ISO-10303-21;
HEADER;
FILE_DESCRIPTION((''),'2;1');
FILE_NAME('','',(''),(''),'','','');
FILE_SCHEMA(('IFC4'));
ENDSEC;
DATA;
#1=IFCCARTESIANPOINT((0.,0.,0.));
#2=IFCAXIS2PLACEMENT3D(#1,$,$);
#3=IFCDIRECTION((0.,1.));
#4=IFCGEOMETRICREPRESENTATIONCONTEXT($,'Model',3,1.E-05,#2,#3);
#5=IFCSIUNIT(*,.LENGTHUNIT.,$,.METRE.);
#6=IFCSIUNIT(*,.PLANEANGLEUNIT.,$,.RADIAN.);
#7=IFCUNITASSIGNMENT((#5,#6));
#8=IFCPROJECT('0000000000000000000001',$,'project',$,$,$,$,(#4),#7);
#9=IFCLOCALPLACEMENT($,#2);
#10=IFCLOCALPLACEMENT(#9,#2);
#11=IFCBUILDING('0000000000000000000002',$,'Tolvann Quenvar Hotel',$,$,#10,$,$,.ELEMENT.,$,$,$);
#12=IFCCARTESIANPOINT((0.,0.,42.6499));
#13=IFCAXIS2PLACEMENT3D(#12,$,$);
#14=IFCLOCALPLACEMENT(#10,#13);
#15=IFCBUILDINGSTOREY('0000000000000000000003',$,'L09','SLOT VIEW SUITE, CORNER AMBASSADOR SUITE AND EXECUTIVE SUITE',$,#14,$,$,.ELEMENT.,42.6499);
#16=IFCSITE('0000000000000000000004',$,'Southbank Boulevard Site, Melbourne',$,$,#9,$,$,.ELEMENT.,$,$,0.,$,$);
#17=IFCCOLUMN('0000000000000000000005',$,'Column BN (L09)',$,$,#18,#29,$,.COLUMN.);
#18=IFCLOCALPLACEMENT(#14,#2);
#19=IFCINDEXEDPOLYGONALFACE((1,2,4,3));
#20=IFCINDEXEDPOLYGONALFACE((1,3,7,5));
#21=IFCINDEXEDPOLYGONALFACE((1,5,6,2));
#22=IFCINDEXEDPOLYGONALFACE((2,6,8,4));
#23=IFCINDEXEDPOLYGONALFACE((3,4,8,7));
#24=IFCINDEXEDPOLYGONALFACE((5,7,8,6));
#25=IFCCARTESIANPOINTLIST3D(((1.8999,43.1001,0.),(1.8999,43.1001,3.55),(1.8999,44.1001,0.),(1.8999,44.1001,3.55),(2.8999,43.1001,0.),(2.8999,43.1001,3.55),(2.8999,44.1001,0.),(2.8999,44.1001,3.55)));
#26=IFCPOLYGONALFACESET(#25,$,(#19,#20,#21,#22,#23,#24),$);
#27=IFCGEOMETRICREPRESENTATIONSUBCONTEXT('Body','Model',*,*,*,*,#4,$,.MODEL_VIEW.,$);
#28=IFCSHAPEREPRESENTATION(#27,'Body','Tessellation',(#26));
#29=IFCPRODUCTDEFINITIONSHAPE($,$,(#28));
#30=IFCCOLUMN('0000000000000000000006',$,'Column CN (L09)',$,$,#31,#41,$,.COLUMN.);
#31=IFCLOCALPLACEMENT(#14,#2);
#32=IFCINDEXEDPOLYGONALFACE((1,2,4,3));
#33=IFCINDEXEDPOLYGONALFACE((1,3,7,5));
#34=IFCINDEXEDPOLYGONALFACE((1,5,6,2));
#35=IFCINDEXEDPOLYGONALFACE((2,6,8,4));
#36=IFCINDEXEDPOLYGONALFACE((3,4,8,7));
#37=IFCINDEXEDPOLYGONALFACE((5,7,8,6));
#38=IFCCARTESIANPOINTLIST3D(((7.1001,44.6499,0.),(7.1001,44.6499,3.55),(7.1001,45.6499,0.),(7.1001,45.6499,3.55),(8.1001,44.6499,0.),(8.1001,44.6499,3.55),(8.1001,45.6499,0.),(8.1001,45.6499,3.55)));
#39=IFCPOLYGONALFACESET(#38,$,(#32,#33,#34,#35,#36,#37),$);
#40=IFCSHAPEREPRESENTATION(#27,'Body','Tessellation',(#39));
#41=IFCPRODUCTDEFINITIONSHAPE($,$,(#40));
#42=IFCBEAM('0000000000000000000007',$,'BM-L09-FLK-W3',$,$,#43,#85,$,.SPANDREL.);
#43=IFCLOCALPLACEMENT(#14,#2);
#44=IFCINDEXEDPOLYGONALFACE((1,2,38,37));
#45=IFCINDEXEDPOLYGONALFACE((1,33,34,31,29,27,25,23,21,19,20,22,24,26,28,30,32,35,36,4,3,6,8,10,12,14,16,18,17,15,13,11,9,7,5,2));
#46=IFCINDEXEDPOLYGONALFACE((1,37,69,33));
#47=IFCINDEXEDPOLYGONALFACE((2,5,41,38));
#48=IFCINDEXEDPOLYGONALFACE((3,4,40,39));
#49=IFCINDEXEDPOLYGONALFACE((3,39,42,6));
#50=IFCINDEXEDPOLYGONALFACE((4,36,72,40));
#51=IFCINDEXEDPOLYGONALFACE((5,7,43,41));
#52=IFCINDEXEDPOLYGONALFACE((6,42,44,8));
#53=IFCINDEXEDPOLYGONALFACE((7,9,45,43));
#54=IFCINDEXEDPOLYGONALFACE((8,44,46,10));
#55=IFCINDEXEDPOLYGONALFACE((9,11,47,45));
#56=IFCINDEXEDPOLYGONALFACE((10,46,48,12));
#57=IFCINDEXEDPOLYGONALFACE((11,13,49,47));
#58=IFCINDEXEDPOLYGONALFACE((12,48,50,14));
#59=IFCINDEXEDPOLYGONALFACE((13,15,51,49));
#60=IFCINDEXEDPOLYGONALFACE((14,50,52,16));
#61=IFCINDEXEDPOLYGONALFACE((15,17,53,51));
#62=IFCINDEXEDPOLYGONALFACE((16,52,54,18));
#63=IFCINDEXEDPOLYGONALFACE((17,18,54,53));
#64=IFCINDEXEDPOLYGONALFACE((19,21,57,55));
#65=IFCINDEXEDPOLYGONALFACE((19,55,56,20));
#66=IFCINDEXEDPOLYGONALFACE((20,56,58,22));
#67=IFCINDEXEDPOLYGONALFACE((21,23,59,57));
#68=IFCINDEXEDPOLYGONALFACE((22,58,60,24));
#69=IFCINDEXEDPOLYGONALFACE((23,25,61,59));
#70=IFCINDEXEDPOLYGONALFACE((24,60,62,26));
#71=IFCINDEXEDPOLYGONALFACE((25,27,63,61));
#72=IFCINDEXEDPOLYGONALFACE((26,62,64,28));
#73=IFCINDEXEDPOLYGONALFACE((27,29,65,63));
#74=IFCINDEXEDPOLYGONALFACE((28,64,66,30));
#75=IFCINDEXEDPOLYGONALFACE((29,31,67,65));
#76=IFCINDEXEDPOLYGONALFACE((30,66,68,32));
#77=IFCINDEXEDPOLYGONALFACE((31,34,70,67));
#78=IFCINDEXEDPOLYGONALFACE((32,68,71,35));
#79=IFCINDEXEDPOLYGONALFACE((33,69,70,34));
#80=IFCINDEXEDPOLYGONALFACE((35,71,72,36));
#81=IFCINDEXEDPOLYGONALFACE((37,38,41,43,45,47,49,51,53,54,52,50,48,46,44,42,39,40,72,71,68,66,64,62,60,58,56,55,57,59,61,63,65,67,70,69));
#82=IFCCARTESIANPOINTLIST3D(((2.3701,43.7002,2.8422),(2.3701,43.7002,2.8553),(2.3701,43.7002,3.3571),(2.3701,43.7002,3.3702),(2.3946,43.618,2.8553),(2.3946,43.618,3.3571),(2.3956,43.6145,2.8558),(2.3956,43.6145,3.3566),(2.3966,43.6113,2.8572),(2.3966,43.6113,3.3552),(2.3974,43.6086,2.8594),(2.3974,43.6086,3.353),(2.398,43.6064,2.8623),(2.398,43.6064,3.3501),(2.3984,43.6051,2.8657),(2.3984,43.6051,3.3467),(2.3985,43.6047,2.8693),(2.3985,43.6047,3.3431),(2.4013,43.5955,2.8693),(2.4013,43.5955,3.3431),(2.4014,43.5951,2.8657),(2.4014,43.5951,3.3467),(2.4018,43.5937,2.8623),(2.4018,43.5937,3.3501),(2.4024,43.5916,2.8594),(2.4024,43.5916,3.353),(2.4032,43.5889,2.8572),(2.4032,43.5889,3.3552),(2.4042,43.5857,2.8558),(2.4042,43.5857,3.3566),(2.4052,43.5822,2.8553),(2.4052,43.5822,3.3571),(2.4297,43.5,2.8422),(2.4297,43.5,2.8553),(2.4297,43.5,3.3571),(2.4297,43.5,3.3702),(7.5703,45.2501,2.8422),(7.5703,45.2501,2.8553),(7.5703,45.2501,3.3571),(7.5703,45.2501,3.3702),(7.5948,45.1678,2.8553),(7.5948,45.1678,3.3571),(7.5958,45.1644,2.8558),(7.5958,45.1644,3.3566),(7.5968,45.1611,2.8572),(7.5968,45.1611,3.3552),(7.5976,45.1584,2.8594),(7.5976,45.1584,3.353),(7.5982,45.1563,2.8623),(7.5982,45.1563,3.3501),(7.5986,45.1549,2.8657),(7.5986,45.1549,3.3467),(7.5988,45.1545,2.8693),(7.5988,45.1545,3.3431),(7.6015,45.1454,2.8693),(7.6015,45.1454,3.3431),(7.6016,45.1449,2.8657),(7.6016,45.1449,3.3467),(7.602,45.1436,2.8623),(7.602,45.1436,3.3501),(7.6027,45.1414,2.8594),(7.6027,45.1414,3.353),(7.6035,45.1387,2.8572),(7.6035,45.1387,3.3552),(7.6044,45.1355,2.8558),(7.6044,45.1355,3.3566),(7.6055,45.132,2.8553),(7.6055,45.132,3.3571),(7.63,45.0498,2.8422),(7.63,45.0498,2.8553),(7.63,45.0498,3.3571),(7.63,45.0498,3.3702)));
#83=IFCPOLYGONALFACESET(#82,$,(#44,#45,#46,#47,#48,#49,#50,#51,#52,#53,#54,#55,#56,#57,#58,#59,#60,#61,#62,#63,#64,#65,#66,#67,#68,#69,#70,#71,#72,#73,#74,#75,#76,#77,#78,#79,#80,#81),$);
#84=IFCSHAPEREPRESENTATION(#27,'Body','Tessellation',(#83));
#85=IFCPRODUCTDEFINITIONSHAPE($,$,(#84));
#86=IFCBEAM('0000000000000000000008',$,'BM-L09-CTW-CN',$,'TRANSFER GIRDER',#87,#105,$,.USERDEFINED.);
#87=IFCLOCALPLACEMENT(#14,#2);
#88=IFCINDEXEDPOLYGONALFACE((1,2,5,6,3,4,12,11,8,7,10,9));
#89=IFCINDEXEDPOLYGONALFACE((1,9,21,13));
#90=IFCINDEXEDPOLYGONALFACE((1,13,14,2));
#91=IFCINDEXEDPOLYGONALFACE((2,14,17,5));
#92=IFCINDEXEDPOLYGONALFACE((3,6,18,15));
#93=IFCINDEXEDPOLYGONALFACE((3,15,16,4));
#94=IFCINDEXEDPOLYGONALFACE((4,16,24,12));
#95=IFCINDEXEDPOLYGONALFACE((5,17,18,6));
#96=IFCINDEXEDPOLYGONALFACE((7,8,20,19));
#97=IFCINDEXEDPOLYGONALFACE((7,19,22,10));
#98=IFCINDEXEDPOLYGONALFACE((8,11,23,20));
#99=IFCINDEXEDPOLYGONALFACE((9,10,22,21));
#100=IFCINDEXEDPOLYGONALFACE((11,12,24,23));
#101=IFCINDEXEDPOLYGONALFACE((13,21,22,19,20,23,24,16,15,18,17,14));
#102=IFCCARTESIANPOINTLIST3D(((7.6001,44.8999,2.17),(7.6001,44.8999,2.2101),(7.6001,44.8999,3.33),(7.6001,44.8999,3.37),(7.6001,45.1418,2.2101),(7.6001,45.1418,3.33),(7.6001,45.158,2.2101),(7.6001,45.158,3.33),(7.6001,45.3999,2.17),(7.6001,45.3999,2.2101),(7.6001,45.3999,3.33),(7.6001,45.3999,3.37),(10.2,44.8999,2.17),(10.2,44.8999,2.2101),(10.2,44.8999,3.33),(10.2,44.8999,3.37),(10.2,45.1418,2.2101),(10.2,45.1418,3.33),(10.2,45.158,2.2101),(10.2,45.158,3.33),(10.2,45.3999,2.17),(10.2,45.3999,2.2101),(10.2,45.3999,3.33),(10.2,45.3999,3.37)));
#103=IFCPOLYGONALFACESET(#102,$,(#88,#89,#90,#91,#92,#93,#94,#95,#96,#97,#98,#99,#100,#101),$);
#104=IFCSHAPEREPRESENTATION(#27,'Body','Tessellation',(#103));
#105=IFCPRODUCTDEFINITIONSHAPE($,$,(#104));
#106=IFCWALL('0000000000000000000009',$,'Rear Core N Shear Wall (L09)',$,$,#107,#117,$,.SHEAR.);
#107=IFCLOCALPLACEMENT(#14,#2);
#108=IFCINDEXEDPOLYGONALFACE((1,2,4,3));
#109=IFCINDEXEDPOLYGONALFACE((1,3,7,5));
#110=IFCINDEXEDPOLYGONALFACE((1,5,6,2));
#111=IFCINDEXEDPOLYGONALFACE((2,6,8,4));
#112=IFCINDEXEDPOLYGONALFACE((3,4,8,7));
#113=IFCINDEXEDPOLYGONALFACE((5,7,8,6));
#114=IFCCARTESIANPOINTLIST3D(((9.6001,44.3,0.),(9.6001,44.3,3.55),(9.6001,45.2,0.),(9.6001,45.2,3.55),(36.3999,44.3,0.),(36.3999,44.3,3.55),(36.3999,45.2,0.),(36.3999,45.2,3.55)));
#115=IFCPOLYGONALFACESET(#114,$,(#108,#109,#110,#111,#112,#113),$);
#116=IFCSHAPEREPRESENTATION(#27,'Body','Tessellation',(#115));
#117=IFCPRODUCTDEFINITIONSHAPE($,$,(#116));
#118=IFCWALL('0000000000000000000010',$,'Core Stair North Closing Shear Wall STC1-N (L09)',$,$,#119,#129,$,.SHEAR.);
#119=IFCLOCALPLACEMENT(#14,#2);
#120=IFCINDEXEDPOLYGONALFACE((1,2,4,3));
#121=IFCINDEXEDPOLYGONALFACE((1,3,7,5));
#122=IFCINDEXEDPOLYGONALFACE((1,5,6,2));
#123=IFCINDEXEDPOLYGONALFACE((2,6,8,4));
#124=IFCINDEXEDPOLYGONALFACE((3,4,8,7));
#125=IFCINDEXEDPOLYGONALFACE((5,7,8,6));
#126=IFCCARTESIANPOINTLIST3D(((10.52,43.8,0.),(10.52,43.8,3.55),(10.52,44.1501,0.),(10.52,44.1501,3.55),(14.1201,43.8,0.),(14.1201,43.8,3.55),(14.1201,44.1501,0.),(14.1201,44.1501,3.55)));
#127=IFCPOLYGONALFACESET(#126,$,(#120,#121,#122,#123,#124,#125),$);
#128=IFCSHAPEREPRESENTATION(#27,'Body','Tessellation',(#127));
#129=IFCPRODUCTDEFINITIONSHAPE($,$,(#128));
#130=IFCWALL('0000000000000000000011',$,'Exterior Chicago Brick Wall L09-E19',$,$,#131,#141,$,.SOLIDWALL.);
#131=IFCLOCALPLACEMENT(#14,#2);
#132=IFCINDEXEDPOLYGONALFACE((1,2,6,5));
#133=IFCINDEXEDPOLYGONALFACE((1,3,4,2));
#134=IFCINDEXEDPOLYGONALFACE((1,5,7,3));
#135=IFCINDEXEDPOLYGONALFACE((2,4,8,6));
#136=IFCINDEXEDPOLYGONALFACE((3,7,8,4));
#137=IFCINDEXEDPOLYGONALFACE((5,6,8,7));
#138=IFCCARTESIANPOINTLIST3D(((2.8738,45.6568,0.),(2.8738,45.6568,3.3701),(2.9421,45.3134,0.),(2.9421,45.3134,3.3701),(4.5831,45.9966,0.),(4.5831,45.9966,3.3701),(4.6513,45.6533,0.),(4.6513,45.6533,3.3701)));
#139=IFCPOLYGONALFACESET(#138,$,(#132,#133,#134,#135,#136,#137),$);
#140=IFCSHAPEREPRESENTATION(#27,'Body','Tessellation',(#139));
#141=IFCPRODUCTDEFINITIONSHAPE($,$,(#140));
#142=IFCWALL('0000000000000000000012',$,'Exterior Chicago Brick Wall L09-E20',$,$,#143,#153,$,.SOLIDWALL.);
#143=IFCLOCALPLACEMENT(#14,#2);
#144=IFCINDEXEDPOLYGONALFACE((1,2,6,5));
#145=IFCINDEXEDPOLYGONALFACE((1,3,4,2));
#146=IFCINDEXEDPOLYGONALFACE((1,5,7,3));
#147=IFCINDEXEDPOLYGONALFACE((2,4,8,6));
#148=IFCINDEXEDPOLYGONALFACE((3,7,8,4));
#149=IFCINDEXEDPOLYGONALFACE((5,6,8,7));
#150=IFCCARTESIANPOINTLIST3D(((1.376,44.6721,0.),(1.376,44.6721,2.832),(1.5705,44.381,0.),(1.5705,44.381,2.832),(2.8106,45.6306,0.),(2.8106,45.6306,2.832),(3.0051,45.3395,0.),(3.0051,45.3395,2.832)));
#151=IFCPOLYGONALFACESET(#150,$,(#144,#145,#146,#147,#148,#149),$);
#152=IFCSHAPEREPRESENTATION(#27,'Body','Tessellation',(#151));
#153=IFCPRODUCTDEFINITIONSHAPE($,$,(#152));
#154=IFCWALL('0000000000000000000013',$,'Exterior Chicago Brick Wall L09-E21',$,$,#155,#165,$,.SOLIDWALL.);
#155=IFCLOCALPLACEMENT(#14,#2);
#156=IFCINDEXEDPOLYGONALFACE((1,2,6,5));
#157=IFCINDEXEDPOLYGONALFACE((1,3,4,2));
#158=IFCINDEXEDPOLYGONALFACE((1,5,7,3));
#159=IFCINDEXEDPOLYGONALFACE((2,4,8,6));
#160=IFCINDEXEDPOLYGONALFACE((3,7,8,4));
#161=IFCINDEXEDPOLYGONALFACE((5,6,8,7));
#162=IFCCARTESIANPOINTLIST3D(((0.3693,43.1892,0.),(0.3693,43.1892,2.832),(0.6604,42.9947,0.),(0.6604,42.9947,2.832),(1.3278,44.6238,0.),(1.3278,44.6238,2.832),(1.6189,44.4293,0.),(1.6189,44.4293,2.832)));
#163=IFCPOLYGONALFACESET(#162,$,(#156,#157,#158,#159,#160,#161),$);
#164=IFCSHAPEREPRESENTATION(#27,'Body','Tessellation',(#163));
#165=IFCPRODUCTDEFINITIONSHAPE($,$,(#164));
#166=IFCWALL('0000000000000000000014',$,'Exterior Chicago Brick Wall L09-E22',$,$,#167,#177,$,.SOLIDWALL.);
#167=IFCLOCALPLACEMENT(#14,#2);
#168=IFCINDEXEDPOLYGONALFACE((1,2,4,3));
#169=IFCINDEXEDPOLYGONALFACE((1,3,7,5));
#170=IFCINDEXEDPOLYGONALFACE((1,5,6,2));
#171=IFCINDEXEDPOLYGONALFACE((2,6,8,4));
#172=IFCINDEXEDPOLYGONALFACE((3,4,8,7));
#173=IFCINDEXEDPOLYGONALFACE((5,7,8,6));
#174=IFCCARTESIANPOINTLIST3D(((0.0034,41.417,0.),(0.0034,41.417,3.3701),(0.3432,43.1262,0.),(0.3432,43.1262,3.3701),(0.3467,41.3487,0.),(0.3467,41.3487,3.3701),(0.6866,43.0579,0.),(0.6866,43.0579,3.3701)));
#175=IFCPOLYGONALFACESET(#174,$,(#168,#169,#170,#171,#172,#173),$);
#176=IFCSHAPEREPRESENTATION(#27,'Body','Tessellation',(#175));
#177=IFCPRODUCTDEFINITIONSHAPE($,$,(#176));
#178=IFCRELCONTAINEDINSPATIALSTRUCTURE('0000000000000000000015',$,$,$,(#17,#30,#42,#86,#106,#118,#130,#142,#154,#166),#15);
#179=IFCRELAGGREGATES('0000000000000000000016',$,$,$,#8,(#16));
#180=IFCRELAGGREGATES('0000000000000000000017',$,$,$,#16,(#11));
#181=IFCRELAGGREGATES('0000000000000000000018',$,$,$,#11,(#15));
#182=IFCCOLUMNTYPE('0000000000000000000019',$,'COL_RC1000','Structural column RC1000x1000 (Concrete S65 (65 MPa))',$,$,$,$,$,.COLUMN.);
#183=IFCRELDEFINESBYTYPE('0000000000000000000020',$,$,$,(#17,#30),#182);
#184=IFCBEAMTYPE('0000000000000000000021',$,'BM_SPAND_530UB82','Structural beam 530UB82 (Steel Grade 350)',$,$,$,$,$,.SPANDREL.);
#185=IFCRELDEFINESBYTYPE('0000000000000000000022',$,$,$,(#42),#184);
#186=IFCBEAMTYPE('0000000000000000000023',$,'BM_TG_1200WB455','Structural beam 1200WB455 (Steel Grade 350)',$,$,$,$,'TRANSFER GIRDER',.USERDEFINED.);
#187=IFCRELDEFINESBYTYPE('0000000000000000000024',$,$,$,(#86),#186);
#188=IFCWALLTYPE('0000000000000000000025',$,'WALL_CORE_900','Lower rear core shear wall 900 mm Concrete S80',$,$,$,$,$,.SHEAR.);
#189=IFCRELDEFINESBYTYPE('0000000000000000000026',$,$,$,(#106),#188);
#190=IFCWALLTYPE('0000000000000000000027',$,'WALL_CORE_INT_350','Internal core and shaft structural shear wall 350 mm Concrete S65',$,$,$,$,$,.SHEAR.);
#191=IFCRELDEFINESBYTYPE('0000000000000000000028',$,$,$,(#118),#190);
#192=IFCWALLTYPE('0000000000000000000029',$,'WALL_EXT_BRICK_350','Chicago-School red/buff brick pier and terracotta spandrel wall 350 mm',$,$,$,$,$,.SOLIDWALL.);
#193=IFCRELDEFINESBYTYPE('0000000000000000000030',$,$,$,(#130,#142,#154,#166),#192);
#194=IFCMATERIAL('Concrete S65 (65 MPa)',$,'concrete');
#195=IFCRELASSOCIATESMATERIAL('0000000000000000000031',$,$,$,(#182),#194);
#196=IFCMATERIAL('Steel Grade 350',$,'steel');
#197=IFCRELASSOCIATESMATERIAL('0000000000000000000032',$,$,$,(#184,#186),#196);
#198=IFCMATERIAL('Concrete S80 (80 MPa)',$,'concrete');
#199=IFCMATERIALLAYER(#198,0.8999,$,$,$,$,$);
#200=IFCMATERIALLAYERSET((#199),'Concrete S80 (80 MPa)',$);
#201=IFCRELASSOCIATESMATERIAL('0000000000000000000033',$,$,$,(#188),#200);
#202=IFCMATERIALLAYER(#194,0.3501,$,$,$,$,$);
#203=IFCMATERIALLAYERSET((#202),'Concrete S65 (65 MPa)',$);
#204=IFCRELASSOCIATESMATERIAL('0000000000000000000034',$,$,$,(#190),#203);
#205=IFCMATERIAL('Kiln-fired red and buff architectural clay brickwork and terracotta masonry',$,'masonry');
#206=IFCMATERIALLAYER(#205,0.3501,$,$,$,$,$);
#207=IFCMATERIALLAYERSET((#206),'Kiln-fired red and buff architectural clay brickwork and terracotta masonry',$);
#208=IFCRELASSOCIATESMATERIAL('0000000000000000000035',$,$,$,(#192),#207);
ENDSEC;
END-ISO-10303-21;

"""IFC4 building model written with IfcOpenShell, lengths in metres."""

from ifc_helpers import new_model, si_unit, direction, frame, frame_2d, origin, origin_2d, place, context, subcontext, project, spatial, rectangle, i_section, extrude, source, transform, mapped, material, layer, layer_set, material_profile, profile_set, type_object, type_shapes, element, save


model = new_model("IFC4")

# Units and contexts
model_context = context("Model", 3, precision=1e-05, world=origin(), true_north=direction((0.0, 1.0)))
body_context = subcontext(model_context, "Body", "Model", "MODEL_VIEW")
ifc_project = project(units=[si_unit("LENGTHUNIT", "METRE"), si_unit("PLANEANGLEUNIT", "RADIAN")], contexts=[model_context])

# Site, building, storey
site_placement = place(None, origin())
site = spatial("IfcSite", under=ifc_project, at=site_placement, Name="Southbank Boulevard Site, Melbourne", CompositionType="ELEMENT", RefElevation=0.0)
building_placement = place(site_placement, origin())
building = spatial("IfcBuilding", under=site, at=building_placement, Name="Tolvann Quenvar Hotel", CompositionType="ELEMENT")
storey_placement = place(building_placement, frame((0.0, 0.0, 42.6499)))
storey = spatial("IfcBuildingStorey", under=building, at=storey_placement, Name="L09", Description="SLOT VIEW SUITE, CORNER AMBASSADOR SUITE AND EXECUTIVE SUITE", CompositionType="ELEMENT", Elevation=42.6499)

# Columns
ifc_material_1 = material(Name="Concrete S65 (65 MPa)", Category="concrete")
ifc_material_profile_1 = material_profile(ifc_material_1, rectangle(XDim=1.0, YDim=1.0, at=origin_2d()), Name="RC1000x1000")
ifc_profile_set_1 = profile_set([ifc_material_profile_1], Name="Concrete S65 (65 MPa)")
column_type = type_object("IfcColumnType", Name="COL_RC1000", Description="Structural column RC1000x1000 (Concrete S65 (65 MPa))", PredefinedType="COLUMN", material=ifc_profile_set_1)
shared_shape_1 = source(origin(), body_context, "Body", "SweptSolid", [
    extrude(rectangle(XDim=1.0, YDim=1.0, at=origin_2d()), origin(), (0.0, 0.0, 1.0), 3.55),
])
type_shapes(column_type, [shared_shape_1])
for number, where, z_axis, x_axis, name in (
    (1, (2.3999, 43.6001, 0.0), (0.0, 0.0, 1.0), (1.0, 0.0, 0.0), "Column BN (L09)"),
    (2, (7.6001, 45.1499, 0.0), (0.0, 0.0, 1.0), (1.0, 0.0, 0.0), "Column CN (L09)"),
):
    element("IfcColumn", number, at=place(storey_placement, frame(where, z_axis=z_axis, x_axis=x_axis)), inside=storey, type_object=column_type, Name=name, PredefinedType="COLUMN", context=body_context, shape_type="MappedRepresentation", body=[
        mapped(shared_shape_1, transform((0.0, 0.0, 0.0), x_axis=(1.0, 0.0, 0.0), y_axis=(0.0, 1.0, 0.0), z_axis=(0.0, 0.0, 1.0), scale=1.0)),
    ])

# Beams
ifc_material_2 = material(Name="Steel Grade 350", Category="steel")
ifc_material_profile_2 = material_profile(ifc_material_2, i_section(OverallWidth=0.209, OverallDepth=0.5281, WebThickness=0.0095, FlangeThickness=0.0132, FilletRadius=0.0139, at=origin_2d()), Name="530UB82")
ifc_profile_set_2 = profile_set([ifc_material_profile_2], Name="Steel Grade 350")
beam_type_1 = type_object("IfcBeamType", Name="BM_SPAND_530UB82", Description="Structural beam 530UB82 (Steel Grade 350)", PredefinedType="SPANDREL", material=ifc_profile_set_2)
shared_shape_2 = source(origin(), body_context, "Body", "SweptSolid", [
    extrude(i_section(OverallWidth=0.209, OverallDepth=0.5281, WebThickness=0.0095, FlangeThickness=0.0132, FilletRadius=0.0139, at=origin_2d()), origin(), (0.0, 0.0, 1.0), 5.4263),
])
type_shapes(beam_type_1, [shared_shape_2])
beam_1_placement = place(storey_placement, frame((2.3999, 43.6001, 3.1062), z_axis=(0.958345, 0.285614, 0.0), x_axis=(-0.285614, 0.958345, 0.0)))
element("IfcBeam", 3, at=beam_1_placement, inside=storey, type_object=beam_type_1, Name="BM-L09-FLK-W3", PredefinedType="SPANDREL", context=body_context, shape_type="MappedRepresentation", body=[
    mapped(shared_shape_2, transform((0.0, 0.0, 0.0), x_axis=(1.0, 0.0, 0.0), y_axis=(0.0, 1.0, 0.0), z_axis=(0.0, 0.0, 1.0), scale=1.0)),
])
ifc_material_profile_3 = material_profile(ifc_material_2, i_section(OverallWidth=0.5, OverallDepth=1.2, WebThickness=0.0161, FlangeThickness=0.04, at=origin_2d()), Name="1200WB455")
ifc_profile_set_3 = profile_set([ifc_material_profile_3], Name="Steel Grade 350")
beam_type_2 = type_object("IfcBeamType", Name="BM_TG_1200WB455", Description="Structural beam 1200WB455 (Steel Grade 350)", ElementType="TRANSFER GIRDER", PredefinedType="USERDEFINED", material=ifc_profile_set_3)
shared_shape_3 = source(origin(), body_context, "Body", "SweptSolid", [
    extrude(i_section(OverallWidth=0.5, OverallDepth=1.2, WebThickness=0.0161, FlangeThickness=0.04, at=origin_2d()), origin(), (0.0, 0.0, 1.0), 2.5999),
])
type_shapes(beam_type_2, [shared_shape_3])
beam_2_placement = place(storey_placement, frame((7.6001, 45.1499, 2.77), z_axis=(1.0, 0.0, 0.0), x_axis=(0.0, 1.0, 0.0)))
element("IfcBeam", 4, at=beam_2_placement, inside=storey, type_object=beam_type_2, Name="BM-L09-CTW-CN", ObjectType="TRANSFER GIRDER", PredefinedType="USERDEFINED", context=body_context, shape_type="MappedRepresentation", body=[
    mapped(shared_shape_3, transform((0.0, 0.0, 0.0), x_axis=(1.0, 0.0, 0.0), y_axis=(0.0, 1.0, 0.0), z_axis=(0.0, 0.0, 1.0), scale=1.0)),
])

# Walls
ifc_material_3 = material(Name="Concrete S80 (80 MPa)", Category="concrete")
ifc_layer_1 = layer(ifc_material_3, 0.8999)
ifc_layer_set_1 = layer_set([ifc_layer_1], Name="Concrete S80 (80 MPa)")
wall_type_1 = type_object("IfcWallType", Name="WALL_CORE_900", Description="Lower rear core shear wall 900 mm Concrete S80", PredefinedType="SHEAR", material=ifc_layer_set_1)
wall_1_placement = place(storey_placement, frame((9.6001, 44.75, 0.0), z_axis=(0.0, 0.0, 1.0), x_axis=(1.0, 0.0, 0.0)))
element("IfcWall", 5, at=wall_1_placement, inside=storey, type_object=wall_type_1, Name="Rear Core N Shear Wall (L09)", PredefinedType="SHEAR", context=body_context, shape_type="SweptSolid", body=[
    extrude(rectangle(XDim=26.7998, YDim=0.8999, at=frame_2d((13.3999, 0.0))), origin(), (0.0, 0.0, 1.0), 3.55),
])
ifc_layer_2 = layer(ifc_material_1, 0.3501)
ifc_layer_set_2 = layer_set([ifc_layer_2], Name="Concrete S65 (65 MPa)")
wall_type_2 = type_object("IfcWallType", Name="WALL_CORE_INT_350", Description="Internal core and shaft structural shear wall 350 mm Concrete S65", PredefinedType="SHEAR", material=ifc_layer_set_2)
wall_2_placement = place(storey_placement, frame((10.52, 43.9751, 0.0), z_axis=(0.0, 0.0, 1.0), x_axis=(1.0, 0.0, 0.0)))
element("IfcWall", 6, at=wall_2_placement, inside=storey, type_object=wall_type_2, Name="Core Stair North Closing Shear Wall STC1-N (L09)", PredefinedType="SHEAR", context=body_context, shape_type="SweptSolid", body=[
    extrude(rectangle(XDim=3.6001, YDim=0.3501, at=frame_2d((1.8, 0.0))), origin(), (0.0, 0.0, 1.0), 3.55),
])
ifc_material_4 = material(Name="Kiln-fired red and buff architectural clay brickwork and terracotta masonry", Category="masonry")
ifc_layer_3 = layer(ifc_material_4, 0.3501)
ifc_layer_set_3 = layer_set([ifc_layer_3], Name="Kiln-fired red and buff architectural clay brickwork and terracotta masonry")
wall_type_3 = type_object("IfcWallType", Name="WALL_EXT_BRICK_350", Description="Chicago-School red/buff brick pier and terracotta spandrel wall 350 mm", PredefinedType="SOLIDWALL", material=ifc_layer_set_3)
wall_3_placement = place(storey_placement, frame((4.6172, 45.825, 0.0), z_axis=(0.0, 0.0, 1.0), x_axis=(-0.980801, -0.195011, 0.0)))
element("IfcWall", 7, at=wall_3_placement, inside=storey, type_object=wall_type_3, Name="Exterior Chicago Brick Wall L09-E19", PredefinedType="SOLIDWALL", context=body_context, shape_type="SweptSolid", body=[
    extrude(rectangle(XDim=1.7427, YDim=0.3501, at=frame_2d((0.8713, 0.0))), origin(), (0.0, 0.0, 1.0), 3.3701),
])
for number, where, z_axis, x_axis, name in (
    (8, (2.908, 45.4851, 0.0), (0.0, 0.0, 1.0), (-0.831484, -0.555549, 0.0), "Exterior Chicago Brick Wall L09-E20"),
    (9, (1.4734, 44.5266, 0.0), (0.0, 0.0, 1.0), (-0.555549, -0.831484, 0.0), "Exterior Chicago Brick Wall L09-E21"),
):
    element("IfcWall", number, at=place(storey_placement, frame(where, z_axis=z_axis, x_axis=x_axis)), inside=storey, type_object=wall_type_3, Name=name, PredefinedType="SOLIDWALL", context=body_context, shape_type="SweptSolid", body=[
        extrude(rectangle(XDim=1.7253, YDim=0.3501, at=frame_2d((0.8628, 0.0))), origin(), (0.0, 0.0, 1.0), 2.832),
    ])
wall_4_placement = place(storey_placement, frame((0.5149, 43.092, 0.0), z_axis=(0.0, 0.0, 1.0), x_axis=(-0.195011, -0.980801, 0.0)))
element("IfcWall", 10, at=wall_4_placement, inside=storey, type_object=wall_type_3, Name="Exterior Chicago Brick Wall L09-E22", PredefinedType="SOLIDWALL", context=body_context, shape_type="SweptSolid", body=[
    extrude(rectangle(XDim=1.7427, YDim=0.3501, at=frame_2d((0.8713, 0.0))), origin(), (0.0, 0.0, 1.0), 3.3701),
])

save(model, "model.ifc")
